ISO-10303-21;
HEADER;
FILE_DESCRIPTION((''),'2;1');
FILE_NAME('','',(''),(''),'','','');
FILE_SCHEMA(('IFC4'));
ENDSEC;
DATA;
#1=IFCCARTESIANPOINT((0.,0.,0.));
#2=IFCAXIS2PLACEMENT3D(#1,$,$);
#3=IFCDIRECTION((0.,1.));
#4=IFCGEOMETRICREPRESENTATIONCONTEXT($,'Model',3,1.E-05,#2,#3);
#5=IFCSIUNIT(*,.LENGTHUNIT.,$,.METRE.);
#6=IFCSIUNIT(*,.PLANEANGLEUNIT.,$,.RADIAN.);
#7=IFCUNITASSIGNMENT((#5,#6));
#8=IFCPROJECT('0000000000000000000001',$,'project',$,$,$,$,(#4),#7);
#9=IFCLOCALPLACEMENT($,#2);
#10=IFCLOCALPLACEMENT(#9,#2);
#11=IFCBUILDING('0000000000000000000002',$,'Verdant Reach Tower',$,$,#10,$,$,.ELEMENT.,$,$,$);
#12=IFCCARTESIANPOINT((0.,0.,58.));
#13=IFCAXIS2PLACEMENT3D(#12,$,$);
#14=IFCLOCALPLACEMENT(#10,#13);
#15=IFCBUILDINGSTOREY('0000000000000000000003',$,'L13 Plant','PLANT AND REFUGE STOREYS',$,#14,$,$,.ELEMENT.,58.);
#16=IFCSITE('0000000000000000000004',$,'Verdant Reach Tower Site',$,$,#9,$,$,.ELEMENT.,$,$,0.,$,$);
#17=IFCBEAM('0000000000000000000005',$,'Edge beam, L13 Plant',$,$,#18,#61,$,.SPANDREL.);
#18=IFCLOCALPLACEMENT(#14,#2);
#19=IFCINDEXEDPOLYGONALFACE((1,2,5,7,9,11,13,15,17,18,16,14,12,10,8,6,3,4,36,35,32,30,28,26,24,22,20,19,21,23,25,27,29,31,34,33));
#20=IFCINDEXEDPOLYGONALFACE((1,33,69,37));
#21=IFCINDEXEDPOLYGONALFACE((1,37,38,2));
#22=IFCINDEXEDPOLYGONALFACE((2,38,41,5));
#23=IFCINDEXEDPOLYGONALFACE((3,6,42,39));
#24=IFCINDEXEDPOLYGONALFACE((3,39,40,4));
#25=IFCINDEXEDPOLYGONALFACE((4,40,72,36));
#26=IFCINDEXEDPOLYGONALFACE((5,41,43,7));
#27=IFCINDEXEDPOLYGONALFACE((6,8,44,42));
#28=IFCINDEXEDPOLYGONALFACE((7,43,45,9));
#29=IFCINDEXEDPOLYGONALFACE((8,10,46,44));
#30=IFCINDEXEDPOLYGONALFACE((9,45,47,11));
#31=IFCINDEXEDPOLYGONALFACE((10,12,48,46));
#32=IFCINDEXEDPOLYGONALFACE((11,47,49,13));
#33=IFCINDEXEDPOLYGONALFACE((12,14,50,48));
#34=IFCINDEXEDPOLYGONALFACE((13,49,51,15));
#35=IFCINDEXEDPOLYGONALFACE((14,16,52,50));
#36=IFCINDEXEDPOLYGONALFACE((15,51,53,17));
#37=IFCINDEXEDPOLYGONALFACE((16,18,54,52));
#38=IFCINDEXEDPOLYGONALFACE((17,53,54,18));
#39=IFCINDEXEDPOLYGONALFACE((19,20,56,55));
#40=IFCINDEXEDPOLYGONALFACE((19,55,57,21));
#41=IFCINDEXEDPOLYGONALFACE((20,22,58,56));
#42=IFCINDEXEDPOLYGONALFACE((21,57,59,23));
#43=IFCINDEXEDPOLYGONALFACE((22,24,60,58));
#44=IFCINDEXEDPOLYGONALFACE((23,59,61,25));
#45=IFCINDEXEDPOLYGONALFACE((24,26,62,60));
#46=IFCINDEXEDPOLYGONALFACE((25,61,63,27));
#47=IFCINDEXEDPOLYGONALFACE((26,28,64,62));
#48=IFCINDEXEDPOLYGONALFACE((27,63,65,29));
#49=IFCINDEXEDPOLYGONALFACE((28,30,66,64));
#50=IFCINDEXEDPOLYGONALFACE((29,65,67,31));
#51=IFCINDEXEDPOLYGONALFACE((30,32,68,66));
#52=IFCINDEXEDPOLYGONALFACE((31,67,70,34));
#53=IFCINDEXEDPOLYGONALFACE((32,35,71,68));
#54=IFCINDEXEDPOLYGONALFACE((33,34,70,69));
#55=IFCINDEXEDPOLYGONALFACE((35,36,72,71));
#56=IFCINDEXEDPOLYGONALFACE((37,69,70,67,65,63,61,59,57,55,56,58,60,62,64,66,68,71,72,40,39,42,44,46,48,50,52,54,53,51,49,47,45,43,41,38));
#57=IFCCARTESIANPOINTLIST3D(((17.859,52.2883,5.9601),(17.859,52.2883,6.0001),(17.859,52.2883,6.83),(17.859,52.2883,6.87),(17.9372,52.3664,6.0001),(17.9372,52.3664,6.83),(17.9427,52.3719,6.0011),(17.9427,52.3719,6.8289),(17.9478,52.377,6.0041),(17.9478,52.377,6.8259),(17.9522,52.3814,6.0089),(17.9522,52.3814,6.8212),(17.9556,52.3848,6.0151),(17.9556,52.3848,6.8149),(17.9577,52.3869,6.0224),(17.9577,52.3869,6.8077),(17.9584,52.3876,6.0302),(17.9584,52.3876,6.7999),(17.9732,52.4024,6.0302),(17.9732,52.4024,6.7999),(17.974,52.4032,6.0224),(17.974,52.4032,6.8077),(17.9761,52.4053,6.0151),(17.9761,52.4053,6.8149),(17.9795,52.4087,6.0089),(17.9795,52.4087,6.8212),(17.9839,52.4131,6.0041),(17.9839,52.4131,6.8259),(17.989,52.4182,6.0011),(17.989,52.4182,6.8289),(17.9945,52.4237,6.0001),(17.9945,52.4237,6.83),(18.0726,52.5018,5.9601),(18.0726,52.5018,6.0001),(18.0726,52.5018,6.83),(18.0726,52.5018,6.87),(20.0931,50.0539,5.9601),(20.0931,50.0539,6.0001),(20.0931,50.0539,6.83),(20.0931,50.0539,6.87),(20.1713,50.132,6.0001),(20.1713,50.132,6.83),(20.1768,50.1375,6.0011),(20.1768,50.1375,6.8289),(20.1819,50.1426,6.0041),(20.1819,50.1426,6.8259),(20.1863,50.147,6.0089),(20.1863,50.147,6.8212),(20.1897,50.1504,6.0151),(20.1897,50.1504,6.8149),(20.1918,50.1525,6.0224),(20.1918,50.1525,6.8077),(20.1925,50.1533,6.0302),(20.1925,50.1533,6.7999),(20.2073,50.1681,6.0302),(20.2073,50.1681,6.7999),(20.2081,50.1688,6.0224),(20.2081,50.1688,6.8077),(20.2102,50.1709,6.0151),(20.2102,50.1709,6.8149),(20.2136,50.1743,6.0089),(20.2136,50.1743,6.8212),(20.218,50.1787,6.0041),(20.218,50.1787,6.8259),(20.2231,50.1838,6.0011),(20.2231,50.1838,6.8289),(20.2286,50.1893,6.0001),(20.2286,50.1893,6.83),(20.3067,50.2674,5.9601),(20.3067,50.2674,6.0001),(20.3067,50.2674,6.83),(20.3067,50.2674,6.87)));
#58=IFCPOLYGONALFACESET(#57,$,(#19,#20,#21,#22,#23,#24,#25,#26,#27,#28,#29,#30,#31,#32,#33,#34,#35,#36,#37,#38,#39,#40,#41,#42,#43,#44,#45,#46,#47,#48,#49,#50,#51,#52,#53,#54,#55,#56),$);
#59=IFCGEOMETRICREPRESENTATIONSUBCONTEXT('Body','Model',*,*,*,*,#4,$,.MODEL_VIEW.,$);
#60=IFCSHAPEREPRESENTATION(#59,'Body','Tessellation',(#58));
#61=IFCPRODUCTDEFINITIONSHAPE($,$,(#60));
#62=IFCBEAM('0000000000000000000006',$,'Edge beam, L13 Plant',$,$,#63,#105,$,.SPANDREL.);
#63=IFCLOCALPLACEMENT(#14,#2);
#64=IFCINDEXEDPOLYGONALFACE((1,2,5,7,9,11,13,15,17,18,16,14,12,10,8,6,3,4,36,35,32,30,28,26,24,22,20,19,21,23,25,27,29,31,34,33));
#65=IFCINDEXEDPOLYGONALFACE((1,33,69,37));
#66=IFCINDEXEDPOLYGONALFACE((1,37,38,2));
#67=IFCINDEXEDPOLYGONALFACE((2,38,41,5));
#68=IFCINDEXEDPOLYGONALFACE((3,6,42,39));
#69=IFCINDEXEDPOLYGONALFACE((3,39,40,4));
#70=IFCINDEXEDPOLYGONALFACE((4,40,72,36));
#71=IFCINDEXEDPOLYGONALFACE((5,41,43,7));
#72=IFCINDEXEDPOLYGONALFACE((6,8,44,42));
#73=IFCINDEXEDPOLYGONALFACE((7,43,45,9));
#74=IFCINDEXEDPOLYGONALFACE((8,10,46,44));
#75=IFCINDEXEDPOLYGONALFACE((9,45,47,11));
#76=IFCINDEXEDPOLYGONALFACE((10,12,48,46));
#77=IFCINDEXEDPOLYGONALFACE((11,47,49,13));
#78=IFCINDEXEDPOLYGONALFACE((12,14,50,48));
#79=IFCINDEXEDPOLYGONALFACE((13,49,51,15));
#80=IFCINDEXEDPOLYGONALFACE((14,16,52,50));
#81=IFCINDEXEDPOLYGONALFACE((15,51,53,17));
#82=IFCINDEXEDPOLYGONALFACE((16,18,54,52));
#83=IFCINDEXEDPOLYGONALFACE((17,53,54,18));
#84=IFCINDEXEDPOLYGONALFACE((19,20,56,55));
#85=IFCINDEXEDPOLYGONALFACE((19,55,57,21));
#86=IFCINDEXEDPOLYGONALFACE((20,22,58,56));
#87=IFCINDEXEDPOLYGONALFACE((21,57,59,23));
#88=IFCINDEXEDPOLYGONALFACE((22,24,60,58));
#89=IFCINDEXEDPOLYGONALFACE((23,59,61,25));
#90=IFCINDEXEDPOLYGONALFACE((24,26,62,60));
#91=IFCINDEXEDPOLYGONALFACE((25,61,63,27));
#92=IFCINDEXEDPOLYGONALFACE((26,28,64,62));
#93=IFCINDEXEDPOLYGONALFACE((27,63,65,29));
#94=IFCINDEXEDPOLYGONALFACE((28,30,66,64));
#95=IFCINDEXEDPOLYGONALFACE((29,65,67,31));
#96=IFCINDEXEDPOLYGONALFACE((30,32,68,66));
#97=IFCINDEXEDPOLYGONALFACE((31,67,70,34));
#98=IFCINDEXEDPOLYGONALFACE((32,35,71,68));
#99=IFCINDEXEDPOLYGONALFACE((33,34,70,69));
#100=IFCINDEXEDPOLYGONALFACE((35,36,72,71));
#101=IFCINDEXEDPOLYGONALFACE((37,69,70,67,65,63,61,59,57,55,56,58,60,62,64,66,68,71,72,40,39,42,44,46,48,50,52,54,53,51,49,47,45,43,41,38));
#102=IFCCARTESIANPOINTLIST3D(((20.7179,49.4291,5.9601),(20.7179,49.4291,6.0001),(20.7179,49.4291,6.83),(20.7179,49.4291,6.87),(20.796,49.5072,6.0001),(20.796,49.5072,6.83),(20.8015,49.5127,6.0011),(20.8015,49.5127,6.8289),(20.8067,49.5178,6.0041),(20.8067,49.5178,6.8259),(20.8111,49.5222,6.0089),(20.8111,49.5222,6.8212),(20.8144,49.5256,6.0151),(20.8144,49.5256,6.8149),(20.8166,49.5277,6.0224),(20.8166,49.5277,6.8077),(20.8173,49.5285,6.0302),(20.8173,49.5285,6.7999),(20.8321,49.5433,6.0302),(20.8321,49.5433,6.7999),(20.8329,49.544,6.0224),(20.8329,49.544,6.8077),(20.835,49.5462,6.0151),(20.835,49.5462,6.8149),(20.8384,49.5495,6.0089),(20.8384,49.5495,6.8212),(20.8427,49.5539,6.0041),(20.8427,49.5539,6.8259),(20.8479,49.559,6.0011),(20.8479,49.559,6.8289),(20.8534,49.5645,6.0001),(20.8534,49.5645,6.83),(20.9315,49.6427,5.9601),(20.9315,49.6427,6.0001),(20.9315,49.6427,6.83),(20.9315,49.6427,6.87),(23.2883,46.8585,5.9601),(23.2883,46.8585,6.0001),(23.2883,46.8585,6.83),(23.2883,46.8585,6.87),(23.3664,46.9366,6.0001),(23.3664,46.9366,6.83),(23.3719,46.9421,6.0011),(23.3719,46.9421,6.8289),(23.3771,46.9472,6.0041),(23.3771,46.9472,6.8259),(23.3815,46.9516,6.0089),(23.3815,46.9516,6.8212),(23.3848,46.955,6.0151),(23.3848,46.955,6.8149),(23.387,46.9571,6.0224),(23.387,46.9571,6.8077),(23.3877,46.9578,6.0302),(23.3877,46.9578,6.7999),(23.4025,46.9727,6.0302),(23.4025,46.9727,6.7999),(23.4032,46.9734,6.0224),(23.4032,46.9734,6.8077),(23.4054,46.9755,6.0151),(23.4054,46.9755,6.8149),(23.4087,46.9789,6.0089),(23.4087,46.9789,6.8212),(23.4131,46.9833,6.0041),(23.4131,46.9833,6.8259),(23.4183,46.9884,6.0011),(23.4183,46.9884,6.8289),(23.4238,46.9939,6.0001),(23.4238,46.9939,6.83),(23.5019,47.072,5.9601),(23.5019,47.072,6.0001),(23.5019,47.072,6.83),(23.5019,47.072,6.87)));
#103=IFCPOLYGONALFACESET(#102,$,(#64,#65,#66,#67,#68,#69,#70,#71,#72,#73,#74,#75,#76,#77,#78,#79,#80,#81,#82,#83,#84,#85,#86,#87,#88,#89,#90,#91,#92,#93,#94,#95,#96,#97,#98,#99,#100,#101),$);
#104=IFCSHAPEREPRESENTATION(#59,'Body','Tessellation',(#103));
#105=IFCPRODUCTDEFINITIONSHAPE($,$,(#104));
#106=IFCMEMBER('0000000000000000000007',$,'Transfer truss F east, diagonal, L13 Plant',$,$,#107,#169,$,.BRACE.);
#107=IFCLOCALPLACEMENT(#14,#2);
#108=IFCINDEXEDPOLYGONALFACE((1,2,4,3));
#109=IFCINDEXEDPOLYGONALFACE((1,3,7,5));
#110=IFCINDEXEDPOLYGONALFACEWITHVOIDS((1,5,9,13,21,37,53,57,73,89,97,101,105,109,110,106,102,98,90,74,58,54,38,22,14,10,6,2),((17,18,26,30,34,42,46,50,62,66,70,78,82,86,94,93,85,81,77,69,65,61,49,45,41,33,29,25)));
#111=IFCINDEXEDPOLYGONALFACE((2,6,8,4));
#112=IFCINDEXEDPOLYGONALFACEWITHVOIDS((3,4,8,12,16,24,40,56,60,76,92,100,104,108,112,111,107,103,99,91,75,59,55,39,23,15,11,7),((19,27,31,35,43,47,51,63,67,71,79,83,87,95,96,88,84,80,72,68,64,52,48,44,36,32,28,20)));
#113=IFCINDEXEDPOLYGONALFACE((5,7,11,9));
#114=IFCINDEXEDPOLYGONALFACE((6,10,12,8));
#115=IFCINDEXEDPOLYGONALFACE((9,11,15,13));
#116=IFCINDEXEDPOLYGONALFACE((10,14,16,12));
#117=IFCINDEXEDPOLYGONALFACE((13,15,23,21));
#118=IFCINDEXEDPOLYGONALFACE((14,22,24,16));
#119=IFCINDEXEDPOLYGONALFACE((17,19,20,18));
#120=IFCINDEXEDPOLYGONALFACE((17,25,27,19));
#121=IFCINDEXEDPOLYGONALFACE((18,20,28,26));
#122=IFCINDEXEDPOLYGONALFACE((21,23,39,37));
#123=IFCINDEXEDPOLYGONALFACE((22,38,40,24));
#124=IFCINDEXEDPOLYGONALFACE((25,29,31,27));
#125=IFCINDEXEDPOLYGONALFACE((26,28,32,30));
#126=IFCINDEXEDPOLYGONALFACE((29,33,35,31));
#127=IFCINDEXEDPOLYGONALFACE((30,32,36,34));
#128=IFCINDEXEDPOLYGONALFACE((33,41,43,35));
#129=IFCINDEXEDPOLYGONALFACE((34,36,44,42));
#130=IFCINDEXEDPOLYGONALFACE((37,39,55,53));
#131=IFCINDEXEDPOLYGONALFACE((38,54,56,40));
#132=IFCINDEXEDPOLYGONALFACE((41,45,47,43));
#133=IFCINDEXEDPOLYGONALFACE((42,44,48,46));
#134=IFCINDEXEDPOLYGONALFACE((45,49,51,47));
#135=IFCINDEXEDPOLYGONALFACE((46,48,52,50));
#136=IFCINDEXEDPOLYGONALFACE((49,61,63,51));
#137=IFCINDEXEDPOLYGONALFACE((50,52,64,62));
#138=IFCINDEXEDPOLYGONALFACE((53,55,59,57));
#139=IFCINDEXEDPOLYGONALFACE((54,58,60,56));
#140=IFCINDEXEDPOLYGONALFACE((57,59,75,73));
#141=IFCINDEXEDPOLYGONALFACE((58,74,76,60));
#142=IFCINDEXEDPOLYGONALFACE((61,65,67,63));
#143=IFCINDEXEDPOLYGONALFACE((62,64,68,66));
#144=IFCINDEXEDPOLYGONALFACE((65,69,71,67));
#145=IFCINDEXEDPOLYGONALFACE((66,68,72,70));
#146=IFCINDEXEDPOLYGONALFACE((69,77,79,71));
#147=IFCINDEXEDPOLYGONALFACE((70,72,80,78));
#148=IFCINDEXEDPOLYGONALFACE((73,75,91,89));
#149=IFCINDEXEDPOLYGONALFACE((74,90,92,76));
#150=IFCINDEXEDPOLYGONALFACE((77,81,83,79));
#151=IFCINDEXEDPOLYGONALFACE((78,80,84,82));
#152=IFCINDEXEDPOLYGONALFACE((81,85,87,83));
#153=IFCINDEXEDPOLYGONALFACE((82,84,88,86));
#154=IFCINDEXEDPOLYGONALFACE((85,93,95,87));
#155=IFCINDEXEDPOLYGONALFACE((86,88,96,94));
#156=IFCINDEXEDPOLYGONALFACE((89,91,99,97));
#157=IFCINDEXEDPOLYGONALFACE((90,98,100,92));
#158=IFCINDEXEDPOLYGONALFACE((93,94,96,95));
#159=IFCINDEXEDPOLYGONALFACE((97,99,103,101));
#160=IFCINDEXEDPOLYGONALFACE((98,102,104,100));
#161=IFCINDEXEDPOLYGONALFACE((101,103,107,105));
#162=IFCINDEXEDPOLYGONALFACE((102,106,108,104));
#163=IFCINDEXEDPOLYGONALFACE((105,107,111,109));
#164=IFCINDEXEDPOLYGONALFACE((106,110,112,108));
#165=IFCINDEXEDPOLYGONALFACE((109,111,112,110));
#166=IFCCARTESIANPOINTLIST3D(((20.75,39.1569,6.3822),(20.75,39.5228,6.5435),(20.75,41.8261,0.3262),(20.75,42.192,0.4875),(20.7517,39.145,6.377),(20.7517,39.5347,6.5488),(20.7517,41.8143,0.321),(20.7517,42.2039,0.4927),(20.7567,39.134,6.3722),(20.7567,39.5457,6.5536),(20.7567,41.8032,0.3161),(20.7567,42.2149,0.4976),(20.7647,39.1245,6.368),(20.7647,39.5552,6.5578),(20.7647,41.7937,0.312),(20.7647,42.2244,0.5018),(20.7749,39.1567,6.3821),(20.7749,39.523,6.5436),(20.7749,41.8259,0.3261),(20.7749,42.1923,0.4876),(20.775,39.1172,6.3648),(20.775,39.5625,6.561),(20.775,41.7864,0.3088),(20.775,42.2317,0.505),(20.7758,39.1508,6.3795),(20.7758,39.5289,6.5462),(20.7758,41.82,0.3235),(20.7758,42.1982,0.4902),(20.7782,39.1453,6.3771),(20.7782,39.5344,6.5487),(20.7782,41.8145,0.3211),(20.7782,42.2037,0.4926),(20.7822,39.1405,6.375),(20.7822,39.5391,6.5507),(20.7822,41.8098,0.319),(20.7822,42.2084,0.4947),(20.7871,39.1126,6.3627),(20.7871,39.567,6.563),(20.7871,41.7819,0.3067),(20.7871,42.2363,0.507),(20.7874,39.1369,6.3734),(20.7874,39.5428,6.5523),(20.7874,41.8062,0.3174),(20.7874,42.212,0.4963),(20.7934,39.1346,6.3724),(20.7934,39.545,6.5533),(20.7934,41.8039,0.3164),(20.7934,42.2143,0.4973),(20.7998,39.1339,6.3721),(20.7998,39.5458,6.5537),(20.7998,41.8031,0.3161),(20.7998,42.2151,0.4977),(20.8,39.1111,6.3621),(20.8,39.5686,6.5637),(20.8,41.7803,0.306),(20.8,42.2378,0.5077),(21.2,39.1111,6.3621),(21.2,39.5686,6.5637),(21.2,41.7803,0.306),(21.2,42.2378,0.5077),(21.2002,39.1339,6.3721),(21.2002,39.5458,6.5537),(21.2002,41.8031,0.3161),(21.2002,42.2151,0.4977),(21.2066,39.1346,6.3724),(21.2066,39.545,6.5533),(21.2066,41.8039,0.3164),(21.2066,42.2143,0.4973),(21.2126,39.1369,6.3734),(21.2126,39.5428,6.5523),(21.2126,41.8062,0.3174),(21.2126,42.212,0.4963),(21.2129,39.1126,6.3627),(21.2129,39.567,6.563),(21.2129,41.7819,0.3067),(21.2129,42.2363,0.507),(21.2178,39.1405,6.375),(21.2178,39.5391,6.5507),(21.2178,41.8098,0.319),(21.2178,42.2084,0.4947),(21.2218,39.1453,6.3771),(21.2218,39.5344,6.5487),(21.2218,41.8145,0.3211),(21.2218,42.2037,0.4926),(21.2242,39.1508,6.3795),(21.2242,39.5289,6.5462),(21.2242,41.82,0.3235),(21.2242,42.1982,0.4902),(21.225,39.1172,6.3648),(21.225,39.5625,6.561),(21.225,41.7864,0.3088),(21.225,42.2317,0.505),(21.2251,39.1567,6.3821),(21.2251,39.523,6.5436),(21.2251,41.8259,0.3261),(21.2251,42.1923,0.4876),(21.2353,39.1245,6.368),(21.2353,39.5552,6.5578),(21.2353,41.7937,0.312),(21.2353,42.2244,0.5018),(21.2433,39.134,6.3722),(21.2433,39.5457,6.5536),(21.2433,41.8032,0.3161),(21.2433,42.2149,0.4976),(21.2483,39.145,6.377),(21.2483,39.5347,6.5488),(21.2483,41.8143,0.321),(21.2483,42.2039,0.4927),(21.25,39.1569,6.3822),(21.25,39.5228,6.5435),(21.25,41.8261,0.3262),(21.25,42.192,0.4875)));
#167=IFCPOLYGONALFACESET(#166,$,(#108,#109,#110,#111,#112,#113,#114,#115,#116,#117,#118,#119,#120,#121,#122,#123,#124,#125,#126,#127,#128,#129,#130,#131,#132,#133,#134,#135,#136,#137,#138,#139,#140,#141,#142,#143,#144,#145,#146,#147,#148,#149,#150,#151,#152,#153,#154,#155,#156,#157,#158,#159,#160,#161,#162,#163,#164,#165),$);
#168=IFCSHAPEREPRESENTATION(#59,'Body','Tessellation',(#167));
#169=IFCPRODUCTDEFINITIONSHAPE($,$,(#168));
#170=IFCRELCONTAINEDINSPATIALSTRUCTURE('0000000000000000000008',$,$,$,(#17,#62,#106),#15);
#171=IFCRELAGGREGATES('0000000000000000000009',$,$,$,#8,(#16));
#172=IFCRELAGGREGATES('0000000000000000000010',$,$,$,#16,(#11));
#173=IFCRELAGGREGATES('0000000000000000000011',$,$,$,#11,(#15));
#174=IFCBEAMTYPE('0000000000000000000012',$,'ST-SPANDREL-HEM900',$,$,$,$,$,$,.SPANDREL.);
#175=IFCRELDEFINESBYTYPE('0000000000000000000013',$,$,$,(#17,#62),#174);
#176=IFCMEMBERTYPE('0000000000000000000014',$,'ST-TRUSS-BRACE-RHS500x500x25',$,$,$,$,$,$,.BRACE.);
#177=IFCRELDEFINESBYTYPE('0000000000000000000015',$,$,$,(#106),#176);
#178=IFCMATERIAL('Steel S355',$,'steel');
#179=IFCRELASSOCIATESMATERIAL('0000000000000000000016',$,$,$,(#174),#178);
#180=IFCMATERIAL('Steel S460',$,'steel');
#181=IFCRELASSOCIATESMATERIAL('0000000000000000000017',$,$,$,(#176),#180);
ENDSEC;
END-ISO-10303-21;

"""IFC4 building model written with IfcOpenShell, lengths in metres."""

from ifc_helpers import new_model, si_unit, direction, frame, origin, origin_2d, place, context, subcontext, project, spatial, hollow_rectangle, i_section, extrude, material, material_profile, profile_set, type_object, element, save


model = new_model("IFC4")

# Units and contexts
model_context = context("Model", 3, precision=1e-05, world=origin(), true_north=direction((0.0, 1.0)))
body_context = subcontext(model_context, "Body", "Model", "MODEL_VIEW")
ifc_project = project(units=[si_unit("LENGTHUNIT", "METRE"), si_unit("PLANEANGLEUNIT", "RADIAN")], contexts=[model_context])

# Site, building, storey
site_placement = place(None, origin())
site = spatial("IfcSite", under=ifc_project, at=site_placement, Name="Verdant Reach Tower Site", CompositionType="ELEMENT", RefElevation=0.0)
building_placement = place(site_placement, origin())
building = spatial("IfcBuilding", under=site, at=building_placement, Name="Verdant Reach Tower", CompositionType="ELEMENT")
storey_placement = place(building_placement, frame((0.0, 0.0, 58.0)))
storey = spatial("IfcBuildingStorey", under=building, at=storey_placement, Name="L13 Plant", Description="PLANT AND REFUGE STOREYS", CompositionType="ELEMENT", Elevation=58.0)

# Shared definitions
ifc_material_1 = material(Name="Steel S460", Category="steel")

# Beams
ifc_material_2 = material(Name="Steel S355", Category="steel")
ifc_material_profile_1 = material_profile(ifc_material_2, i_section(OverallWidth=0.302, OverallDepth=0.9099, WebThickness=0.021, FlangeThickness=0.04, FilletRadius=0.03, at=origin_2d()), Name="HEM 900")
ifc_profile_set_1 = profile_set([ifc_material_profile_1], Name="Steel S355")
beam_type_1 = type_object("IfcBeamType", Name="ST-SPANDREL-HEM900", PredefinedType="SPANDREL", material=ifc_profile_set_1)
beam_1_placement = place(storey_placement, frame((17.9658, 52.395, 6.415), z_axis=(0.707068, -0.707145, 0.0), x_axis=(0.707145, 0.707068, 0.0)))
element("IfcBeam", 1, at=beam_1_placement, inside=storey, type_object=beam_type_1, Name="Edge beam, L13 Plant", PredefinedType="SPANDREL", context=body_context, shape_type="SweptSolid", body=[
    extrude(i_section(OverallWidth=0.302, OverallDepth=0.9099, WebThickness=0.021, FlangeThickness=0.04, FilletRadius=0.03, at=origin_2d()), origin(), (0.0, 0.0, 1.0), 3.1597),
])
beam_2_placement = place(storey_placement, frame((20.8247, 49.5359, 6.415), z_axis=(0.707073, -0.70714, 0.0), x_axis=(0.70714, 0.707073, 0.0)))
element("IfcBeam", 2, at=beam_2_placement, inside=storey, type_object=beam_type_1, Name="Edge beam, L13 Plant", PredefinedType="SPANDREL", context=body_context, shape_type="SweptSolid", body=[
    extrude(i_section(OverallWidth=0.302, OverallDepth=0.9099, WebThickness=0.021, FlangeThickness=0.04, FilletRadius=0.03, at=origin_2d()), origin(), (0.0, 0.0, 1.0), 3.6353),
])

# Member
ifc_material_profile_2 = material_profile(ifc_material_1, hollow_rectangle(XDim=0.5, YDim=0.5, WallThickness=0.0249, InnerFilletRadius=0.0249, OuterFilletRadius=0.05, at=origin_2d()), Name="RHS 500x500x25")
ifc_profile_set_2 = profile_set([ifc_material_profile_2], Name="Steel S460")
member_type_1 = type_object("IfcMemberType", Name="ST-TRUSS-BRACE-RHS500x500x25", PredefinedType="BRACE", material=ifc_profile_set_2)
member_1_placement = place(storey_placement, frame((21.0, 39.3398, 6.4629), z_axis=(0.0, 0.40332, -0.915059), x_axis=(-1.0, 0.0, 0.0)))
element("IfcMember", 3, at=member_1_placement, inside=storey, type_object=member_type_1, Name="Transfer truss F east, diagonal, L13 Plant", PredefinedType="BRACE", context=body_context, shape_type="SweptSolid", body=[
    extrude(hollow_rectangle(XDim=0.5, YDim=0.5, WallThickness=0.0249, InnerFilletRadius=0.0249, OuterFilletRadius=0.05, at=origin_2d()), origin(), (0.0, 0.0, 1.0), 6.6182),
])

save(model, "model.ifc")
